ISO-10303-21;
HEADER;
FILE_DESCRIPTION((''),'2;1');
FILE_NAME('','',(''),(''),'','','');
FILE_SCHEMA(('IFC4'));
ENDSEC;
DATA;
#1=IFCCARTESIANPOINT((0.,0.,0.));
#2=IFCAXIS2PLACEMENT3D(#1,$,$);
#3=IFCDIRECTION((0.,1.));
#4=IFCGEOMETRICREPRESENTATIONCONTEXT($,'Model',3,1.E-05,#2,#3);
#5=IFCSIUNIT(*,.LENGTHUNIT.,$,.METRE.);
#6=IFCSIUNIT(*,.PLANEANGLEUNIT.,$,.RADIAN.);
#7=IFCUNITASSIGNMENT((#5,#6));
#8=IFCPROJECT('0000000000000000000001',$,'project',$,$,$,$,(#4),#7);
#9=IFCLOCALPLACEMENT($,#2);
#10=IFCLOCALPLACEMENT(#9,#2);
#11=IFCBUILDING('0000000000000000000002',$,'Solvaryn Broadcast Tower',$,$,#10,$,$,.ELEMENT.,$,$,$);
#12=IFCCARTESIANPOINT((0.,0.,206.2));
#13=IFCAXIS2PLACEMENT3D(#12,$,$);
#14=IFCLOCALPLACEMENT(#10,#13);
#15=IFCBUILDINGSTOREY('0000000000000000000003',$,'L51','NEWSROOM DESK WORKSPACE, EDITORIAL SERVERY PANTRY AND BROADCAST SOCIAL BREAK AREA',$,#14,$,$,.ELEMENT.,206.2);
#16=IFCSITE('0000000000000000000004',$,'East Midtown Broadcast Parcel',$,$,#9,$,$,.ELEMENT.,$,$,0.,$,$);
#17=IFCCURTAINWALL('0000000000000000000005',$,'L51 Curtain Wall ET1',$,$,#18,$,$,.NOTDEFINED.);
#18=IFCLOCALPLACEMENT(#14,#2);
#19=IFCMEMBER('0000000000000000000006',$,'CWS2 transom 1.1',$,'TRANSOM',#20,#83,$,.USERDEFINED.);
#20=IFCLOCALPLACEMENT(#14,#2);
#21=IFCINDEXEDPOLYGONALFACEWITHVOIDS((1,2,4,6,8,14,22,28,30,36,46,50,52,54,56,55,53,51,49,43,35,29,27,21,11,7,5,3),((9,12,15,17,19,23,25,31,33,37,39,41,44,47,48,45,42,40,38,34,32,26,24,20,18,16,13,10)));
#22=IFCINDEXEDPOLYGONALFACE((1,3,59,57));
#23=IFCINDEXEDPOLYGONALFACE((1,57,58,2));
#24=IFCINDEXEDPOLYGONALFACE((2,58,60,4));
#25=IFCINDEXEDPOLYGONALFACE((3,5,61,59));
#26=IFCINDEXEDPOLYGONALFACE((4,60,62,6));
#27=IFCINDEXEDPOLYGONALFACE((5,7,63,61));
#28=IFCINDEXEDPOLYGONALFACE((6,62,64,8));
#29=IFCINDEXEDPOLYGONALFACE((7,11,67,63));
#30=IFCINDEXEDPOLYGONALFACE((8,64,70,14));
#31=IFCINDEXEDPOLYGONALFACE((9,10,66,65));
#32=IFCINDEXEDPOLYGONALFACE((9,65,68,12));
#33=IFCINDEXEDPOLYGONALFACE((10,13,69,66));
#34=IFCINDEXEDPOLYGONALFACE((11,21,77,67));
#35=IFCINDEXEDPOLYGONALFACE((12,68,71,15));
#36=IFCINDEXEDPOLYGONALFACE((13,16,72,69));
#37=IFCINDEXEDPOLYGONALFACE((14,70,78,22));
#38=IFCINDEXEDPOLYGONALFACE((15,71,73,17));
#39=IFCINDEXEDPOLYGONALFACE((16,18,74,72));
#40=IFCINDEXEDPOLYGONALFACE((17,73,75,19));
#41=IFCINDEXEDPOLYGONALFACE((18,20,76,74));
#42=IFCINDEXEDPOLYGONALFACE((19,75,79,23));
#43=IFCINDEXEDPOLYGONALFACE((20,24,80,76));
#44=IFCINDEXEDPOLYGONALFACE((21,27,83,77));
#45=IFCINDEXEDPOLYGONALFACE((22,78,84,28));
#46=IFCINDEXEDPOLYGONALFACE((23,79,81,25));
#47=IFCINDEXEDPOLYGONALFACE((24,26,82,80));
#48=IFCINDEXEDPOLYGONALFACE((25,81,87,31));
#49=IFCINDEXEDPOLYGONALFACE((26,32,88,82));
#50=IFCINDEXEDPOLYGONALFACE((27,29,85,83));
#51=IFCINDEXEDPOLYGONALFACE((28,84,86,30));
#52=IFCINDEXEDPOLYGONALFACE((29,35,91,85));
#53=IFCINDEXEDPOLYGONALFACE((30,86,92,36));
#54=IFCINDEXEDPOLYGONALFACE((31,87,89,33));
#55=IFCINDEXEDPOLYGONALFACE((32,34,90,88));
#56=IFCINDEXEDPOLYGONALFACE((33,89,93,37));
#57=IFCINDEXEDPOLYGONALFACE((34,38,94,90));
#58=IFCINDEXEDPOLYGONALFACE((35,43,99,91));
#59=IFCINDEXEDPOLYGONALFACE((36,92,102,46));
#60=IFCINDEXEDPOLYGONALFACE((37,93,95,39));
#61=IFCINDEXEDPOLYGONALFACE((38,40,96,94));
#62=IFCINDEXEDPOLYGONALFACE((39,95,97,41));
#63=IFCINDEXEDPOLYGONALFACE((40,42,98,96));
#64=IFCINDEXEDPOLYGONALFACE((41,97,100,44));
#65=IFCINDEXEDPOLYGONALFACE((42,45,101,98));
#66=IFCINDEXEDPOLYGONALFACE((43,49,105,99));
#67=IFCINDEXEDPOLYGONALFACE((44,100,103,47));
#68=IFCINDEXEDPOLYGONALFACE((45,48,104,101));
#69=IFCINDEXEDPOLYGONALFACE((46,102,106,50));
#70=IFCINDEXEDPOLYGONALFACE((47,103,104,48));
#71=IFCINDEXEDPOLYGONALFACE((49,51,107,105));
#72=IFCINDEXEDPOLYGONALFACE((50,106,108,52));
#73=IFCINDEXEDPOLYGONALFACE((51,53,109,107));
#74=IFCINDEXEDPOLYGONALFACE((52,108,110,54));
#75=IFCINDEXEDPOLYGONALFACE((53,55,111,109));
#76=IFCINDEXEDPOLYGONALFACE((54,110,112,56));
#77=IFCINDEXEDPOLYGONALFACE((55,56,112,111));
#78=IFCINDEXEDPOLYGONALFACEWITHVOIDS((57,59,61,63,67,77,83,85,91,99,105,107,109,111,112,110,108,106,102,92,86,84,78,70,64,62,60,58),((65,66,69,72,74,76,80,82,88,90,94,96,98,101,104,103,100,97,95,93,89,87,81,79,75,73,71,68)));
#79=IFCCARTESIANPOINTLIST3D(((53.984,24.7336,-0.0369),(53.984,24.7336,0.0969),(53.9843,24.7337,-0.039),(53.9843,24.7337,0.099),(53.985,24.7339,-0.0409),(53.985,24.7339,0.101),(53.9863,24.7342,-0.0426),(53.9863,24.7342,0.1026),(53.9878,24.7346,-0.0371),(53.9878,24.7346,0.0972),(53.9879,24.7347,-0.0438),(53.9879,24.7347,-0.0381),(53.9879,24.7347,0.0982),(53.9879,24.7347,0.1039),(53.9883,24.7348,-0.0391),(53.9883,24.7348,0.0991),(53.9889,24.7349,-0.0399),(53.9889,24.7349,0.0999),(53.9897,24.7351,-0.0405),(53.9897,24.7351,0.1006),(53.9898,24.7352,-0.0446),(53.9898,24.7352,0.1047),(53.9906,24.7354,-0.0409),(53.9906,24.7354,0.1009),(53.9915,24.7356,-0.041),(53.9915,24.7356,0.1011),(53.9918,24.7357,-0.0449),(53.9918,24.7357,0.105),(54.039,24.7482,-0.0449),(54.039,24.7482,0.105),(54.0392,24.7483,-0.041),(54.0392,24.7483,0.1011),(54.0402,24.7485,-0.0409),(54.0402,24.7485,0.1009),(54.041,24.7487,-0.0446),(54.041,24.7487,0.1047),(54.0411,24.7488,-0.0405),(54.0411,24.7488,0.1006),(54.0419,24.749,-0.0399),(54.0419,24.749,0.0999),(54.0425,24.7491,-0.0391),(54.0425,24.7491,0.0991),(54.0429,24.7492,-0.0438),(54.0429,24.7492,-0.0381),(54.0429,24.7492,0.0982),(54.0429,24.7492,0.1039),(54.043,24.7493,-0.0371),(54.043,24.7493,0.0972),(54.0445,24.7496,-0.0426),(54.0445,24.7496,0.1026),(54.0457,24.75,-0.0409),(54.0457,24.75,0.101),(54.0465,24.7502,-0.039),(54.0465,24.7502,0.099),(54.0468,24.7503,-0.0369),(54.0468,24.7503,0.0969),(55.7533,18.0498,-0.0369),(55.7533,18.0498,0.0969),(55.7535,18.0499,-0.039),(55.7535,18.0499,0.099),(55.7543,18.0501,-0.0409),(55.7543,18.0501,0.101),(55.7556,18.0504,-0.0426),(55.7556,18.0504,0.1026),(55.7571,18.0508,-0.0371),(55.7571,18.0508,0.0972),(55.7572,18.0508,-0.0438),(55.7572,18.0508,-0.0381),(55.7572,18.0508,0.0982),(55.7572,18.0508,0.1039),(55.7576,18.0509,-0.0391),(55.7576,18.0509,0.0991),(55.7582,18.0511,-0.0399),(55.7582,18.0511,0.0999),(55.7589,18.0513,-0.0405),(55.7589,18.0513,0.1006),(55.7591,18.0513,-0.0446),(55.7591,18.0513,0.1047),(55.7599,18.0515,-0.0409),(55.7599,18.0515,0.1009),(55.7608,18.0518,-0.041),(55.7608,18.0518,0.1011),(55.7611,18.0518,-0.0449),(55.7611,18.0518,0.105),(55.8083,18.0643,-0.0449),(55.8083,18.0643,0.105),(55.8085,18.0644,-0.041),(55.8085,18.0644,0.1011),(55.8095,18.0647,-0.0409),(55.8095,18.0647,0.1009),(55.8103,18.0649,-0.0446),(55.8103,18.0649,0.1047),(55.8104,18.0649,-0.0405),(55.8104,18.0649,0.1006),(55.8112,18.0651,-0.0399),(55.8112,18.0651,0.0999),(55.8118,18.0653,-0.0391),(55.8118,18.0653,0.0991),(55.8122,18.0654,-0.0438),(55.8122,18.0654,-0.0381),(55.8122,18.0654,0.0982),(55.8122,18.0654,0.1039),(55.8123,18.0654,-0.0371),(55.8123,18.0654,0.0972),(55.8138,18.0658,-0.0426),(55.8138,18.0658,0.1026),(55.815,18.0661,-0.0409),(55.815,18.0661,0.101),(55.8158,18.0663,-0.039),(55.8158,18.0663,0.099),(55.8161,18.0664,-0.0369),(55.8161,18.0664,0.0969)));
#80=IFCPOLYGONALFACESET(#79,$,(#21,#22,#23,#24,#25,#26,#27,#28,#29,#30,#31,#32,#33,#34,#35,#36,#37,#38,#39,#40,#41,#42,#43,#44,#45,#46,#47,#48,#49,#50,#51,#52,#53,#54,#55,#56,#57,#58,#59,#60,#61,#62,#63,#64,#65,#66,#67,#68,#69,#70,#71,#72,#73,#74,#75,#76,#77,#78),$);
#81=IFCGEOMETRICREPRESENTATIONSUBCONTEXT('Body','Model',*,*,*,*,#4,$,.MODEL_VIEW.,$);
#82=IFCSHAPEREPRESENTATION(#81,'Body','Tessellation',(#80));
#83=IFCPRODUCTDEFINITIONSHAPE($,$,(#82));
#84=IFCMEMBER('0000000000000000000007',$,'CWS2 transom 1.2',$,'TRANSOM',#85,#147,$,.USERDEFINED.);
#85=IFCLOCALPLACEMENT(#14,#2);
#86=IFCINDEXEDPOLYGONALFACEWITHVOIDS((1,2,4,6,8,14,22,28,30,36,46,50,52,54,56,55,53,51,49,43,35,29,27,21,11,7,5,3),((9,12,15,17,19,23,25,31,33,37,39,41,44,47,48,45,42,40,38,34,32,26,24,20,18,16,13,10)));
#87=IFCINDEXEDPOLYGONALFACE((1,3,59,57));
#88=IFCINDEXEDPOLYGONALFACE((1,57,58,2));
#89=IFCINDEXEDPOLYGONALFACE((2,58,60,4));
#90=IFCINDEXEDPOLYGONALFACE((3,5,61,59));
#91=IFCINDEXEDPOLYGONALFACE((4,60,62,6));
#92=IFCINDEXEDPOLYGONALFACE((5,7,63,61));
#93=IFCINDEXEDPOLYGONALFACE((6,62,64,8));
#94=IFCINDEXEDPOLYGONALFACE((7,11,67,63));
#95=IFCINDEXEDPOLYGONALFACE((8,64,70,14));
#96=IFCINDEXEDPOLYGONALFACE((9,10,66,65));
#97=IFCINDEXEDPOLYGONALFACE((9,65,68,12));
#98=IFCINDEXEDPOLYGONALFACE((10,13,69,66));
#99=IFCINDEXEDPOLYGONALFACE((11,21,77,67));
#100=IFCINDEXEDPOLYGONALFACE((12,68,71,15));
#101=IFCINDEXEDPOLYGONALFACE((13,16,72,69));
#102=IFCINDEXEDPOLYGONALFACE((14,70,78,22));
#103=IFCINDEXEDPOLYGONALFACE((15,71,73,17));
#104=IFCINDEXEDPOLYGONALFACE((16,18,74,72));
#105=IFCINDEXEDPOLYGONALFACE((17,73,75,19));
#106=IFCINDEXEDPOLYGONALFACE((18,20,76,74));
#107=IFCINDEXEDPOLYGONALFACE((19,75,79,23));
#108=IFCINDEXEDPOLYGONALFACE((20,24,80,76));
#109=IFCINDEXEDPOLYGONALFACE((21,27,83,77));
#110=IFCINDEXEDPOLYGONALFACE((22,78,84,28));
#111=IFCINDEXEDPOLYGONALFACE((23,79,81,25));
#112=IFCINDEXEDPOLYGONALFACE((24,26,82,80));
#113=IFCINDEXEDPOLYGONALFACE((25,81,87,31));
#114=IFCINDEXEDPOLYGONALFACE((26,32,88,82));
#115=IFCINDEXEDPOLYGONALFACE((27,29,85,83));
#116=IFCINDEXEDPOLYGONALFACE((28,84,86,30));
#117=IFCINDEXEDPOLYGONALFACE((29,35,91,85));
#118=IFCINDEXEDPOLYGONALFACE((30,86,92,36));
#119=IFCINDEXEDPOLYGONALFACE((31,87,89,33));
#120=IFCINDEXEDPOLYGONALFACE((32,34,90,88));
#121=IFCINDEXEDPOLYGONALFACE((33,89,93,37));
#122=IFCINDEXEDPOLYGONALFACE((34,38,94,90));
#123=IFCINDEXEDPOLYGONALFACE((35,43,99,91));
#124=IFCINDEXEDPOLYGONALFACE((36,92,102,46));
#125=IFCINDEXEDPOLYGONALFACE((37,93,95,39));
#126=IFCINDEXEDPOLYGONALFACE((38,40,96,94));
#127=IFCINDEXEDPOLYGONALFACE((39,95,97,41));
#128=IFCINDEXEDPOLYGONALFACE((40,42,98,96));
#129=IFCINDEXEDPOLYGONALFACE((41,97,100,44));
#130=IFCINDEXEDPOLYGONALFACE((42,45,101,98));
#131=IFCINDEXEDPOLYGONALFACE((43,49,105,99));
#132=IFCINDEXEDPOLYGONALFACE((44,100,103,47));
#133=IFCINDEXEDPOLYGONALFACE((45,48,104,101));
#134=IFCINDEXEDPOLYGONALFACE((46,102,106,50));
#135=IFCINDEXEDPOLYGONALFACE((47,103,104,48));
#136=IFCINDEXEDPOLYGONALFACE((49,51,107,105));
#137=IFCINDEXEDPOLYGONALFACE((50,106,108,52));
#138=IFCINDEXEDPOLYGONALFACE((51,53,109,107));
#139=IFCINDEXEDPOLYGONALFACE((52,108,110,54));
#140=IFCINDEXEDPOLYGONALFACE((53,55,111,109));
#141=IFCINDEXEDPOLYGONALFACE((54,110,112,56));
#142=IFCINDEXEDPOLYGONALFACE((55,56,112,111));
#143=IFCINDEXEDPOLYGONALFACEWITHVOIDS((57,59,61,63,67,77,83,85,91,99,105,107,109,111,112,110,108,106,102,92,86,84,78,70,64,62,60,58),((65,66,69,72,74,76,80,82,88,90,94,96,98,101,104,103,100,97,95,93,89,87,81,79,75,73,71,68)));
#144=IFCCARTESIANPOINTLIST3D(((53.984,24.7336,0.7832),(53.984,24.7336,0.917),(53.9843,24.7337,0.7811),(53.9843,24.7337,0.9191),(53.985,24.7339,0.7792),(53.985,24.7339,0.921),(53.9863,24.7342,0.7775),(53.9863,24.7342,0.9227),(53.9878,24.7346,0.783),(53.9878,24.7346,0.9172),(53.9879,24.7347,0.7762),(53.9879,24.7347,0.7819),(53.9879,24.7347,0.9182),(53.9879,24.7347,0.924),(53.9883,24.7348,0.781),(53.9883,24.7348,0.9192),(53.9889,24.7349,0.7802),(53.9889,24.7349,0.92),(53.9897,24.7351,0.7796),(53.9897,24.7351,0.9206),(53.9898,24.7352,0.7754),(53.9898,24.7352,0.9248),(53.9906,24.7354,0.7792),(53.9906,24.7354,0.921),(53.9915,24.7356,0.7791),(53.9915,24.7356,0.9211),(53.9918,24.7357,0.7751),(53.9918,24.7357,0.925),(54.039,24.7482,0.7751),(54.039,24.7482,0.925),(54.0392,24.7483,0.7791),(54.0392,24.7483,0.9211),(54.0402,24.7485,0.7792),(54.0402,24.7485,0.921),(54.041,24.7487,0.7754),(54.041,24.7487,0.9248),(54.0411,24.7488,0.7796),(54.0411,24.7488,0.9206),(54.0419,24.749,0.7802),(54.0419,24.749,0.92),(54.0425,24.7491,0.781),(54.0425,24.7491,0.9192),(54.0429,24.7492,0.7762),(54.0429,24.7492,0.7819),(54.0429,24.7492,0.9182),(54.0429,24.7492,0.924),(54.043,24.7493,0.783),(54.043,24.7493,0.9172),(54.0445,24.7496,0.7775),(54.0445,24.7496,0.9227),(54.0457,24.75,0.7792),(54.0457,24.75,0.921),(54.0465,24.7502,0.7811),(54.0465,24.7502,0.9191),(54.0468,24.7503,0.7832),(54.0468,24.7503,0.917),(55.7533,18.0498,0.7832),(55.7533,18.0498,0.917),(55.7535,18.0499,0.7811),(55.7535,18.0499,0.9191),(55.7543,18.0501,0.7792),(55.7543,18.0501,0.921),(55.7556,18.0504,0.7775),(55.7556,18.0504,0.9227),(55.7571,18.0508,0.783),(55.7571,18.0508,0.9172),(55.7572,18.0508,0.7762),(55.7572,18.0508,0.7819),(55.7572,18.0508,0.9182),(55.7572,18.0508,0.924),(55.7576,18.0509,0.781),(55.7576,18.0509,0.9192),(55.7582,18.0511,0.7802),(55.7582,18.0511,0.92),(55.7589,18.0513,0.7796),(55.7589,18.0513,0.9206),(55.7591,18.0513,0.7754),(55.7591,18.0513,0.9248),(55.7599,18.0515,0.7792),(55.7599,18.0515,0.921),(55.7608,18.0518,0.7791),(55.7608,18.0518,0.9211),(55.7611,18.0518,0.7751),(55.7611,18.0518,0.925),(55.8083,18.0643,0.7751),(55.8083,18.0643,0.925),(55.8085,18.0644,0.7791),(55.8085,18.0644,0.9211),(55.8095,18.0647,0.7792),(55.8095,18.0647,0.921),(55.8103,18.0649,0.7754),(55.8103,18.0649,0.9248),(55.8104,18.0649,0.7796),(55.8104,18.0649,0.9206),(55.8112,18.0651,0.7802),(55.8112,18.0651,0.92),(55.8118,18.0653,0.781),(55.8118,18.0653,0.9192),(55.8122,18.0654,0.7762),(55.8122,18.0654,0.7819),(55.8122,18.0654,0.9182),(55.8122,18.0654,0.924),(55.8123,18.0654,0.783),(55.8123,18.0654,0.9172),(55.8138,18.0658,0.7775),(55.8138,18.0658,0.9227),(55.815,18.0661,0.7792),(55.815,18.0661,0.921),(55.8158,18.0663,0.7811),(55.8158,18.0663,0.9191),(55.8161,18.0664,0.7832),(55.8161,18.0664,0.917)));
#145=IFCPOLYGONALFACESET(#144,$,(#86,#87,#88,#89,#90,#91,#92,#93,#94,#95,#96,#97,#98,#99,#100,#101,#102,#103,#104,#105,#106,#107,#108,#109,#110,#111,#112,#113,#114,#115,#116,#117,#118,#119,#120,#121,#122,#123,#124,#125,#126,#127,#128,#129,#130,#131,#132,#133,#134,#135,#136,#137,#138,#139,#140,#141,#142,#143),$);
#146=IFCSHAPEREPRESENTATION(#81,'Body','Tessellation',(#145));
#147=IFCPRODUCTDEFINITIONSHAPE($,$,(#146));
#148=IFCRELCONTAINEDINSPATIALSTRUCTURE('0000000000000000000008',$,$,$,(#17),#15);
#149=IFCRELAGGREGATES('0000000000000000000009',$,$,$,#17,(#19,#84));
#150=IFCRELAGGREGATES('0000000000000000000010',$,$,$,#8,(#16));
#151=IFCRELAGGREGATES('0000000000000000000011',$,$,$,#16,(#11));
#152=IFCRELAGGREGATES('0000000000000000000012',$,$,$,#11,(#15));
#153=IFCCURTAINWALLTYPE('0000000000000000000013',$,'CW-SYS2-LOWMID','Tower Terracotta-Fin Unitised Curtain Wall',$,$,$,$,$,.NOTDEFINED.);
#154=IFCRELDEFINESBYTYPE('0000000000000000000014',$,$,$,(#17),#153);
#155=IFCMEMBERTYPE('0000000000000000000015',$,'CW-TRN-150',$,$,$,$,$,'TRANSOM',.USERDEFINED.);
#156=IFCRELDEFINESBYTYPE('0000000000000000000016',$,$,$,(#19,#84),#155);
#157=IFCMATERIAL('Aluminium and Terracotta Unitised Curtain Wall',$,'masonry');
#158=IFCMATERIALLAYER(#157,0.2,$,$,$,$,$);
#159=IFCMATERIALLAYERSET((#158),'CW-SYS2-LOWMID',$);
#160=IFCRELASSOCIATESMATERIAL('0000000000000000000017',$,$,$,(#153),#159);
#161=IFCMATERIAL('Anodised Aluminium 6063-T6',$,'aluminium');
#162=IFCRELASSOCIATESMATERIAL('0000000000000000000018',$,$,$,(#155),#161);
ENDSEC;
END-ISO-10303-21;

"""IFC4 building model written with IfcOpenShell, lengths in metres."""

from ifc_helpers import new_model, si_unit, direction, frame, origin, origin_2d, place, context, subcontext, project, spatial, hollow_rectangle, extrude, material, layer, layer_set, material_profile, profile_set, type_object, element, aggregate, save


model = new_model("IFC4")

# Units and contexts
model_context = context("Model", 3, precision=1e-05, world=origin(), true_north=direction((0.0, 1.0)))
body_context = subcontext(model_context, "Body", "Model", "MODEL_VIEW")
ifc_project = project(units=[si_unit("LENGTHUNIT", "METRE"), si_unit("PLANEANGLEUNIT", "RADIAN")], contexts=[model_context])

# Site, building, storey
site_placement = place(None, origin())
site = spatial("IfcSite", under=ifc_project, at=site_placement, Name="East Midtown Broadcast Parcel", CompositionType="ELEMENT", RefElevation=0.0)
building_placement = place(site_placement, origin())
building = spatial("IfcBuilding", under=site, at=building_placement, Name="Solvaryn Broadcast Tower", CompositionType="ELEMENT")
storey_placement = place(building_placement, frame((0.0, 0.0, 206.2)))
storey = spatial("IfcBuildingStorey", under=building, at=storey_placement, Name="L51", Description="NEWSROOM DESK WORKSPACE, EDITORIAL SERVERY PANTRY AND BROADCAST SOCIAL BREAK AREA", CompositionType="ELEMENT", Elevation=206.2)

# Curtain wall
ifc_material_1 = material(Name="Aluminium and Terracotta Unitised Curtain Wall", Category="masonry")
ifc_layer_1 = layer(ifc_material_1, 0.2)
ifc_layer_set_1 = layer_set([ifc_layer_1], Name="CW-SYS2-LOWMID")
curtain_wall_type = type_object("IfcCurtainWallType", Name="CW-SYS2-LOWMID", Description="Tower Terracotta-Fin Unitised Curtain Wall", PredefinedType="NOTDEFINED", material=ifc_layer_set_1)
curtain_wall_1_placement = place(storey_placement, origin())
curtain_wall_1 = element("IfcCurtainWall", 1, at=curtain_wall_1_placement, inside=storey, type_object=curtain_wall_type, Name="L51 Curtain Wall ET1", PredefinedType="NOTDEFINED")

# Members
ifc_material_2 = material(Name="Anodised Aluminium 6063-T6", Category="aluminium")
ifc_material_profile_1 = material_profile(ifc_material_2, hollow_rectangle(XDim=0.0649, YDim=0.1499, WallThickness=0.0039, InnerFilletRadius=0.0039, OuterFilletRadius=0.0081, at=origin_2d()))
ifc_profile_set_1 = profile_set([ifc_material_profile_1], Name="Anodised Aluminium 6063-T6")
member_type_1 = type_object("IfcMemberType", Name="CW-TRN-150", ElementType="TRANSOM", PredefinedType="USERDEFINED", material=ifc_profile_set_1)
member_1_placement = place(storey_placement, frame((54.0154, 24.7419, 0.03), z_axis=(0.255897, -0.966704, 0.0), x_axis=(0.966704, 0.255897, 0.0)))
member_1 = element("IfcMember", 2, at=member_1_placement, type_object=member_type_1, Name="CWS2 transom 1.1", ObjectType="TRANSOM", PredefinedType="USERDEFINED", context=body_context, shape_type="SweptSolid", body=[
    extrude(hollow_rectangle(XDim=0.0649, YDim=0.1499, WallThickness=0.0039, InnerFilletRadius=0.0039, OuterFilletRadius=0.0081, at=origin_2d()), origin(), (0.0, 0.0, 1.0), 6.9141),
])
member_2_placement = place(storey_placement, frame((54.0154, 24.7419, 0.8501), z_axis=(0.255897, -0.966704, 0.0), x_axis=(0.966704, 0.255897, 0.0)))
member_2 = element("IfcMember", 3, at=member_2_placement, type_object=member_type_1, Name="CWS2 transom 1.2", ObjectType="TRANSOM", PredefinedType="USERDEFINED", context=body_context, shape_type="SweptSolid", body=[
    extrude(hollow_rectangle(XDim=0.0649, YDim=0.1499, WallThickness=0.0039, InnerFilletRadius=0.0039, OuterFilletRadius=0.0081, at=origin_2d()), origin(), (0.0, 0.0, 1.0), 6.9141),
])

aggregate(curtain_wall_1, [member_1, member_2])

save(model, "model.ifc")
